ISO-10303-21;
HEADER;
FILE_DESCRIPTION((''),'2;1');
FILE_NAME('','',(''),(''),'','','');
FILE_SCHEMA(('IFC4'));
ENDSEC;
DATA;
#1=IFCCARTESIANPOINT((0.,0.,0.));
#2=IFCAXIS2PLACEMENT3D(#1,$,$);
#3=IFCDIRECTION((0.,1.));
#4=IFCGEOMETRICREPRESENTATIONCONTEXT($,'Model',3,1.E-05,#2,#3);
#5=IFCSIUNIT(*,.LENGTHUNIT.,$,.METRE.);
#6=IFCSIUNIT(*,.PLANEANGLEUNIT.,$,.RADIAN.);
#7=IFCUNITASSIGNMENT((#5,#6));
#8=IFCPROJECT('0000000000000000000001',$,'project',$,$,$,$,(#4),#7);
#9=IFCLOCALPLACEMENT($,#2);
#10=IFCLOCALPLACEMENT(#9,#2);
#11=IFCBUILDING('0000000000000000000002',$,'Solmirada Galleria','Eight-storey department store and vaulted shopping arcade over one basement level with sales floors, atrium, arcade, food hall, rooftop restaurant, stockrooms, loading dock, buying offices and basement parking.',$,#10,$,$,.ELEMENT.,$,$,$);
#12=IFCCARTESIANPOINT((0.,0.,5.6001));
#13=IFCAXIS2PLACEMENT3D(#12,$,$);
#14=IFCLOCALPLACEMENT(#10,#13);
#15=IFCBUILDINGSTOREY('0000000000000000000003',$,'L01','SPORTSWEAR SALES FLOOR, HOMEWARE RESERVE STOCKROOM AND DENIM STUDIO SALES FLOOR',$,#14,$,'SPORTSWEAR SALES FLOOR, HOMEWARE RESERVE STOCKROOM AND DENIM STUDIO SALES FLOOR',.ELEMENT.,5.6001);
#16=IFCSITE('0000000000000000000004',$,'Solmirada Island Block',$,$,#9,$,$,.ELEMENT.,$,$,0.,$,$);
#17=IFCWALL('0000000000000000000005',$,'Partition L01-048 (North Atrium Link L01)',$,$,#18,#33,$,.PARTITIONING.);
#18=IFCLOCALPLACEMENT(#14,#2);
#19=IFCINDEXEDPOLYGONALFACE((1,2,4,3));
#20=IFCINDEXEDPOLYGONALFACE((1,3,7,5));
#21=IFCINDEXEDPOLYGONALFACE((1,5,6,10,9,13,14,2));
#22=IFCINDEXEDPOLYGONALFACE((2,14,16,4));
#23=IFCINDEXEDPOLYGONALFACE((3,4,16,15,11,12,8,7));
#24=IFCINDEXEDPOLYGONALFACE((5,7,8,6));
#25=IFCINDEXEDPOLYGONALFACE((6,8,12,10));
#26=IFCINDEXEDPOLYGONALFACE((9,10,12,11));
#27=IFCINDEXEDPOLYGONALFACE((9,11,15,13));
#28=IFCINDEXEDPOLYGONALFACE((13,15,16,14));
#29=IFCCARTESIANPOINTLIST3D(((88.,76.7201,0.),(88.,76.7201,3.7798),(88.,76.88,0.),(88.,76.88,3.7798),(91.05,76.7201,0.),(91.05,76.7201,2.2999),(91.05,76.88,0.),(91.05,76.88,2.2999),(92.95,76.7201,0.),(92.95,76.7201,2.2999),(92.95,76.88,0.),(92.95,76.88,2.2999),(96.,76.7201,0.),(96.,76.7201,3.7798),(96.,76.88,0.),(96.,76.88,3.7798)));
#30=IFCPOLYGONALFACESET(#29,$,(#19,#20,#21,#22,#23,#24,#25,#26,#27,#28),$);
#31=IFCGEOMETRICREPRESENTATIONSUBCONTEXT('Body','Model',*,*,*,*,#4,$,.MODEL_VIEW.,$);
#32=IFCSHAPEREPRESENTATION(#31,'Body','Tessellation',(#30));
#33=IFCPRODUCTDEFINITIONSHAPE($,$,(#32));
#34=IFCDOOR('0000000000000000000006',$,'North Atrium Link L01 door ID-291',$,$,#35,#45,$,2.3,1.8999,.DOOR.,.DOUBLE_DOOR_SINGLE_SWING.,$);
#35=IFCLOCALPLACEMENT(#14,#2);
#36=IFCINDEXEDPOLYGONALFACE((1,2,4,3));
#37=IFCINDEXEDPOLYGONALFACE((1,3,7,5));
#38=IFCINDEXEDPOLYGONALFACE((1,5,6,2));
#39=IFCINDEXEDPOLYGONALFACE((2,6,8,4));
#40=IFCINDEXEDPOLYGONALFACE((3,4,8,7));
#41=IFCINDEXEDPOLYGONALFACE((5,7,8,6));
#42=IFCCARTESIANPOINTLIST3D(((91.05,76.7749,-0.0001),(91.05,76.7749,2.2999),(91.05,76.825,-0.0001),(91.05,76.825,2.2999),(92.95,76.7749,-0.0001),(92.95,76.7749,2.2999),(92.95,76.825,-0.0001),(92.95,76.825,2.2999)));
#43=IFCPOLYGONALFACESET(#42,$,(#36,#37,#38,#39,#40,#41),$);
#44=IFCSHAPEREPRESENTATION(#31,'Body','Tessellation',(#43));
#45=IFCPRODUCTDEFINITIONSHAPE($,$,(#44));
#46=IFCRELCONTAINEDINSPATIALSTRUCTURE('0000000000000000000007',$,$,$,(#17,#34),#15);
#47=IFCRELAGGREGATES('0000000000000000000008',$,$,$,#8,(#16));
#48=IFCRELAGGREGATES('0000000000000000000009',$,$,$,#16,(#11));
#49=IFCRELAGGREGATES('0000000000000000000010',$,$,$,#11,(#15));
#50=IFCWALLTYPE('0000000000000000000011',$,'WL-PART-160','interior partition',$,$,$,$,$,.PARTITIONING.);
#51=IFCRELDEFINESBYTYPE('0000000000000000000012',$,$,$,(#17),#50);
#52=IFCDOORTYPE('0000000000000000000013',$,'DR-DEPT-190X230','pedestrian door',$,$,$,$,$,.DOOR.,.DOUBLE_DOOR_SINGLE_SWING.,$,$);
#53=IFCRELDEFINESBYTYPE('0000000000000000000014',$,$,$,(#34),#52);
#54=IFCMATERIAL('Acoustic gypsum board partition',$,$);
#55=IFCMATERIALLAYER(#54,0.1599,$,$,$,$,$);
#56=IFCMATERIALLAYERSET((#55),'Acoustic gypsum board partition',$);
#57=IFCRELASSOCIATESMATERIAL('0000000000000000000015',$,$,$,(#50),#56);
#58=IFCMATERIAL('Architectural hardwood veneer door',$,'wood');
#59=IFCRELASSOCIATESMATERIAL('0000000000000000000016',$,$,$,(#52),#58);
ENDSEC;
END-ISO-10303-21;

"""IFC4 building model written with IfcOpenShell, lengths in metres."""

from ifc_helpers import new_model, si_unit, direction, frame, frame_2d, origin, place, context, subcontext, project, spatial, rectangle, extrude, material, layer, layer_set, type_object, element, fill, save


model = new_model("IFC4")

# Units and contexts
model_context = context("Model", 3, precision=1e-05, world=origin(), true_north=direction((0.0, 1.0)))
body_context = subcontext(model_context, "Body", "Model", "MODEL_VIEW")
ifc_project = project(units=[si_unit("LENGTHUNIT", "METRE"), si_unit("PLANEANGLEUNIT", "RADIAN")], contexts=[model_context])

# Site, building, storey
site_placement = place(None, origin())
site = spatial("IfcSite", under=ifc_project, at=site_placement, Name="Solmirada Island Block", CompositionType="ELEMENT", RefElevation=0.0)
building_placement = place(site_placement, origin())
building = spatial("IfcBuilding", under=site, at=building_placement, Name="Solmirada Galleria", Description="Eight-storey department store and vaulted shopping arcade over one basement level with sales floors, atrium, arcade, food hall, rooftop restaurant, stockrooms, loading dock, buying offices and basement parking.", CompositionType="ELEMENT")
storey_placement = place(building_placement, frame((0.0, 0.0, 5.6001)))
storey = spatial("IfcBuildingStorey", under=building, at=storey_placement, Name="L01", Description="SPORTSWEAR SALES FLOOR, HOMEWARE RESERVE STOCKROOM AND DENIM STUDIO SALES FLOOR", LongName="SPORTSWEAR SALES FLOOR, HOMEWARE RESERVE STOCKROOM AND DENIM STUDIO SALES FLOOR", CompositionType="ELEMENT", Elevation=5.6001)

# Wall, opening, door
ifc_material_1 = material(Name="Acoustic gypsum board partition")
ifc_layer_1 = layer(ifc_material_1, 0.1599)
ifc_layer_set_1 = layer_set([ifc_layer_1], Name="Acoustic gypsum board partition")
wall_type = type_object("IfcWallType", Name="WL-PART-160", Description="interior partition", PredefinedType="PARTITIONING", material=ifc_layer_set_1)
wall_placement = place(storey_placement, frame((88.0, 76.8, 0.0), z_axis=(0.0, 0.0, 1.0), x_axis=(1.0, 0.0, 0.0)))
wall = element("IfcWall", 1, at=wall_placement, inside=storey, type_object=wall_type, Name="Partition L01-048 (North Atrium Link L01)", PredefinedType="PARTITIONING", context=body_context, shape_type="SweptSolid", body=[
    extrude(rectangle(XDim=8.0, YDim=0.1599, at=frame_2d((4.0, 0.0))), origin(), (0.0, 0.0, 1.0), 3.7798),
])
opening_placement = place(wall_placement, frame((3.05, 0.0, 0.0)))
opening = element("IfcOpeningElement", 2, at=opening_placement, cuts=wall, PredefinedType="OPENING", context=body_context, shape_type="SweptSolid", body=[
    extrude(rectangle(XDim=1.8999, YDim=2.3, at=frame_2d((0.95, 1.1499))), frame((0.0, 0.0898, 0.0), z_axis=(0.0, -1.0, 0.0), x_axis=(1.0, 0.0, 0.0)), (0.0, 0.0, 1.0), 0.1799),
])
ifc_material_2 = material(Name="Architectural hardwood veneer door", Category="wood")
door_type = type_object("IfcDoorType", Name="DR-DEPT-190X230", Description="pedestrian door", OperationType="DOUBLE_DOOR_SINGLE_SWING", PredefinedType="DOOR", material=ifc_material_2)
door_placement = place(opening_placement, origin())
door = element("IfcDoor", 3, at=door_placement, inside=storey, type_object=door_type, Name="North Atrium Link L01 door ID-291", OperationType="DOUBLE_DOOR_SINGLE_SWING", OverallHeight=2.3, OverallWidth=1.8999, PredefinedType="DOOR", context=body_context, shape_type="SweptSolid", body=[
    extrude(rectangle(XDim=1.8999, YDim=2.3, at=frame_2d((0.95, 1.1499))), frame((0.0, 0.0249, 0.0), z_axis=(0.0, -1.0, 0.0), x_axis=(1.0, 0.0, 0.0)), (0.0, 0.0, 1.0), 0.05),
])
fill(opening, door)

save(model, "model.ifc")
